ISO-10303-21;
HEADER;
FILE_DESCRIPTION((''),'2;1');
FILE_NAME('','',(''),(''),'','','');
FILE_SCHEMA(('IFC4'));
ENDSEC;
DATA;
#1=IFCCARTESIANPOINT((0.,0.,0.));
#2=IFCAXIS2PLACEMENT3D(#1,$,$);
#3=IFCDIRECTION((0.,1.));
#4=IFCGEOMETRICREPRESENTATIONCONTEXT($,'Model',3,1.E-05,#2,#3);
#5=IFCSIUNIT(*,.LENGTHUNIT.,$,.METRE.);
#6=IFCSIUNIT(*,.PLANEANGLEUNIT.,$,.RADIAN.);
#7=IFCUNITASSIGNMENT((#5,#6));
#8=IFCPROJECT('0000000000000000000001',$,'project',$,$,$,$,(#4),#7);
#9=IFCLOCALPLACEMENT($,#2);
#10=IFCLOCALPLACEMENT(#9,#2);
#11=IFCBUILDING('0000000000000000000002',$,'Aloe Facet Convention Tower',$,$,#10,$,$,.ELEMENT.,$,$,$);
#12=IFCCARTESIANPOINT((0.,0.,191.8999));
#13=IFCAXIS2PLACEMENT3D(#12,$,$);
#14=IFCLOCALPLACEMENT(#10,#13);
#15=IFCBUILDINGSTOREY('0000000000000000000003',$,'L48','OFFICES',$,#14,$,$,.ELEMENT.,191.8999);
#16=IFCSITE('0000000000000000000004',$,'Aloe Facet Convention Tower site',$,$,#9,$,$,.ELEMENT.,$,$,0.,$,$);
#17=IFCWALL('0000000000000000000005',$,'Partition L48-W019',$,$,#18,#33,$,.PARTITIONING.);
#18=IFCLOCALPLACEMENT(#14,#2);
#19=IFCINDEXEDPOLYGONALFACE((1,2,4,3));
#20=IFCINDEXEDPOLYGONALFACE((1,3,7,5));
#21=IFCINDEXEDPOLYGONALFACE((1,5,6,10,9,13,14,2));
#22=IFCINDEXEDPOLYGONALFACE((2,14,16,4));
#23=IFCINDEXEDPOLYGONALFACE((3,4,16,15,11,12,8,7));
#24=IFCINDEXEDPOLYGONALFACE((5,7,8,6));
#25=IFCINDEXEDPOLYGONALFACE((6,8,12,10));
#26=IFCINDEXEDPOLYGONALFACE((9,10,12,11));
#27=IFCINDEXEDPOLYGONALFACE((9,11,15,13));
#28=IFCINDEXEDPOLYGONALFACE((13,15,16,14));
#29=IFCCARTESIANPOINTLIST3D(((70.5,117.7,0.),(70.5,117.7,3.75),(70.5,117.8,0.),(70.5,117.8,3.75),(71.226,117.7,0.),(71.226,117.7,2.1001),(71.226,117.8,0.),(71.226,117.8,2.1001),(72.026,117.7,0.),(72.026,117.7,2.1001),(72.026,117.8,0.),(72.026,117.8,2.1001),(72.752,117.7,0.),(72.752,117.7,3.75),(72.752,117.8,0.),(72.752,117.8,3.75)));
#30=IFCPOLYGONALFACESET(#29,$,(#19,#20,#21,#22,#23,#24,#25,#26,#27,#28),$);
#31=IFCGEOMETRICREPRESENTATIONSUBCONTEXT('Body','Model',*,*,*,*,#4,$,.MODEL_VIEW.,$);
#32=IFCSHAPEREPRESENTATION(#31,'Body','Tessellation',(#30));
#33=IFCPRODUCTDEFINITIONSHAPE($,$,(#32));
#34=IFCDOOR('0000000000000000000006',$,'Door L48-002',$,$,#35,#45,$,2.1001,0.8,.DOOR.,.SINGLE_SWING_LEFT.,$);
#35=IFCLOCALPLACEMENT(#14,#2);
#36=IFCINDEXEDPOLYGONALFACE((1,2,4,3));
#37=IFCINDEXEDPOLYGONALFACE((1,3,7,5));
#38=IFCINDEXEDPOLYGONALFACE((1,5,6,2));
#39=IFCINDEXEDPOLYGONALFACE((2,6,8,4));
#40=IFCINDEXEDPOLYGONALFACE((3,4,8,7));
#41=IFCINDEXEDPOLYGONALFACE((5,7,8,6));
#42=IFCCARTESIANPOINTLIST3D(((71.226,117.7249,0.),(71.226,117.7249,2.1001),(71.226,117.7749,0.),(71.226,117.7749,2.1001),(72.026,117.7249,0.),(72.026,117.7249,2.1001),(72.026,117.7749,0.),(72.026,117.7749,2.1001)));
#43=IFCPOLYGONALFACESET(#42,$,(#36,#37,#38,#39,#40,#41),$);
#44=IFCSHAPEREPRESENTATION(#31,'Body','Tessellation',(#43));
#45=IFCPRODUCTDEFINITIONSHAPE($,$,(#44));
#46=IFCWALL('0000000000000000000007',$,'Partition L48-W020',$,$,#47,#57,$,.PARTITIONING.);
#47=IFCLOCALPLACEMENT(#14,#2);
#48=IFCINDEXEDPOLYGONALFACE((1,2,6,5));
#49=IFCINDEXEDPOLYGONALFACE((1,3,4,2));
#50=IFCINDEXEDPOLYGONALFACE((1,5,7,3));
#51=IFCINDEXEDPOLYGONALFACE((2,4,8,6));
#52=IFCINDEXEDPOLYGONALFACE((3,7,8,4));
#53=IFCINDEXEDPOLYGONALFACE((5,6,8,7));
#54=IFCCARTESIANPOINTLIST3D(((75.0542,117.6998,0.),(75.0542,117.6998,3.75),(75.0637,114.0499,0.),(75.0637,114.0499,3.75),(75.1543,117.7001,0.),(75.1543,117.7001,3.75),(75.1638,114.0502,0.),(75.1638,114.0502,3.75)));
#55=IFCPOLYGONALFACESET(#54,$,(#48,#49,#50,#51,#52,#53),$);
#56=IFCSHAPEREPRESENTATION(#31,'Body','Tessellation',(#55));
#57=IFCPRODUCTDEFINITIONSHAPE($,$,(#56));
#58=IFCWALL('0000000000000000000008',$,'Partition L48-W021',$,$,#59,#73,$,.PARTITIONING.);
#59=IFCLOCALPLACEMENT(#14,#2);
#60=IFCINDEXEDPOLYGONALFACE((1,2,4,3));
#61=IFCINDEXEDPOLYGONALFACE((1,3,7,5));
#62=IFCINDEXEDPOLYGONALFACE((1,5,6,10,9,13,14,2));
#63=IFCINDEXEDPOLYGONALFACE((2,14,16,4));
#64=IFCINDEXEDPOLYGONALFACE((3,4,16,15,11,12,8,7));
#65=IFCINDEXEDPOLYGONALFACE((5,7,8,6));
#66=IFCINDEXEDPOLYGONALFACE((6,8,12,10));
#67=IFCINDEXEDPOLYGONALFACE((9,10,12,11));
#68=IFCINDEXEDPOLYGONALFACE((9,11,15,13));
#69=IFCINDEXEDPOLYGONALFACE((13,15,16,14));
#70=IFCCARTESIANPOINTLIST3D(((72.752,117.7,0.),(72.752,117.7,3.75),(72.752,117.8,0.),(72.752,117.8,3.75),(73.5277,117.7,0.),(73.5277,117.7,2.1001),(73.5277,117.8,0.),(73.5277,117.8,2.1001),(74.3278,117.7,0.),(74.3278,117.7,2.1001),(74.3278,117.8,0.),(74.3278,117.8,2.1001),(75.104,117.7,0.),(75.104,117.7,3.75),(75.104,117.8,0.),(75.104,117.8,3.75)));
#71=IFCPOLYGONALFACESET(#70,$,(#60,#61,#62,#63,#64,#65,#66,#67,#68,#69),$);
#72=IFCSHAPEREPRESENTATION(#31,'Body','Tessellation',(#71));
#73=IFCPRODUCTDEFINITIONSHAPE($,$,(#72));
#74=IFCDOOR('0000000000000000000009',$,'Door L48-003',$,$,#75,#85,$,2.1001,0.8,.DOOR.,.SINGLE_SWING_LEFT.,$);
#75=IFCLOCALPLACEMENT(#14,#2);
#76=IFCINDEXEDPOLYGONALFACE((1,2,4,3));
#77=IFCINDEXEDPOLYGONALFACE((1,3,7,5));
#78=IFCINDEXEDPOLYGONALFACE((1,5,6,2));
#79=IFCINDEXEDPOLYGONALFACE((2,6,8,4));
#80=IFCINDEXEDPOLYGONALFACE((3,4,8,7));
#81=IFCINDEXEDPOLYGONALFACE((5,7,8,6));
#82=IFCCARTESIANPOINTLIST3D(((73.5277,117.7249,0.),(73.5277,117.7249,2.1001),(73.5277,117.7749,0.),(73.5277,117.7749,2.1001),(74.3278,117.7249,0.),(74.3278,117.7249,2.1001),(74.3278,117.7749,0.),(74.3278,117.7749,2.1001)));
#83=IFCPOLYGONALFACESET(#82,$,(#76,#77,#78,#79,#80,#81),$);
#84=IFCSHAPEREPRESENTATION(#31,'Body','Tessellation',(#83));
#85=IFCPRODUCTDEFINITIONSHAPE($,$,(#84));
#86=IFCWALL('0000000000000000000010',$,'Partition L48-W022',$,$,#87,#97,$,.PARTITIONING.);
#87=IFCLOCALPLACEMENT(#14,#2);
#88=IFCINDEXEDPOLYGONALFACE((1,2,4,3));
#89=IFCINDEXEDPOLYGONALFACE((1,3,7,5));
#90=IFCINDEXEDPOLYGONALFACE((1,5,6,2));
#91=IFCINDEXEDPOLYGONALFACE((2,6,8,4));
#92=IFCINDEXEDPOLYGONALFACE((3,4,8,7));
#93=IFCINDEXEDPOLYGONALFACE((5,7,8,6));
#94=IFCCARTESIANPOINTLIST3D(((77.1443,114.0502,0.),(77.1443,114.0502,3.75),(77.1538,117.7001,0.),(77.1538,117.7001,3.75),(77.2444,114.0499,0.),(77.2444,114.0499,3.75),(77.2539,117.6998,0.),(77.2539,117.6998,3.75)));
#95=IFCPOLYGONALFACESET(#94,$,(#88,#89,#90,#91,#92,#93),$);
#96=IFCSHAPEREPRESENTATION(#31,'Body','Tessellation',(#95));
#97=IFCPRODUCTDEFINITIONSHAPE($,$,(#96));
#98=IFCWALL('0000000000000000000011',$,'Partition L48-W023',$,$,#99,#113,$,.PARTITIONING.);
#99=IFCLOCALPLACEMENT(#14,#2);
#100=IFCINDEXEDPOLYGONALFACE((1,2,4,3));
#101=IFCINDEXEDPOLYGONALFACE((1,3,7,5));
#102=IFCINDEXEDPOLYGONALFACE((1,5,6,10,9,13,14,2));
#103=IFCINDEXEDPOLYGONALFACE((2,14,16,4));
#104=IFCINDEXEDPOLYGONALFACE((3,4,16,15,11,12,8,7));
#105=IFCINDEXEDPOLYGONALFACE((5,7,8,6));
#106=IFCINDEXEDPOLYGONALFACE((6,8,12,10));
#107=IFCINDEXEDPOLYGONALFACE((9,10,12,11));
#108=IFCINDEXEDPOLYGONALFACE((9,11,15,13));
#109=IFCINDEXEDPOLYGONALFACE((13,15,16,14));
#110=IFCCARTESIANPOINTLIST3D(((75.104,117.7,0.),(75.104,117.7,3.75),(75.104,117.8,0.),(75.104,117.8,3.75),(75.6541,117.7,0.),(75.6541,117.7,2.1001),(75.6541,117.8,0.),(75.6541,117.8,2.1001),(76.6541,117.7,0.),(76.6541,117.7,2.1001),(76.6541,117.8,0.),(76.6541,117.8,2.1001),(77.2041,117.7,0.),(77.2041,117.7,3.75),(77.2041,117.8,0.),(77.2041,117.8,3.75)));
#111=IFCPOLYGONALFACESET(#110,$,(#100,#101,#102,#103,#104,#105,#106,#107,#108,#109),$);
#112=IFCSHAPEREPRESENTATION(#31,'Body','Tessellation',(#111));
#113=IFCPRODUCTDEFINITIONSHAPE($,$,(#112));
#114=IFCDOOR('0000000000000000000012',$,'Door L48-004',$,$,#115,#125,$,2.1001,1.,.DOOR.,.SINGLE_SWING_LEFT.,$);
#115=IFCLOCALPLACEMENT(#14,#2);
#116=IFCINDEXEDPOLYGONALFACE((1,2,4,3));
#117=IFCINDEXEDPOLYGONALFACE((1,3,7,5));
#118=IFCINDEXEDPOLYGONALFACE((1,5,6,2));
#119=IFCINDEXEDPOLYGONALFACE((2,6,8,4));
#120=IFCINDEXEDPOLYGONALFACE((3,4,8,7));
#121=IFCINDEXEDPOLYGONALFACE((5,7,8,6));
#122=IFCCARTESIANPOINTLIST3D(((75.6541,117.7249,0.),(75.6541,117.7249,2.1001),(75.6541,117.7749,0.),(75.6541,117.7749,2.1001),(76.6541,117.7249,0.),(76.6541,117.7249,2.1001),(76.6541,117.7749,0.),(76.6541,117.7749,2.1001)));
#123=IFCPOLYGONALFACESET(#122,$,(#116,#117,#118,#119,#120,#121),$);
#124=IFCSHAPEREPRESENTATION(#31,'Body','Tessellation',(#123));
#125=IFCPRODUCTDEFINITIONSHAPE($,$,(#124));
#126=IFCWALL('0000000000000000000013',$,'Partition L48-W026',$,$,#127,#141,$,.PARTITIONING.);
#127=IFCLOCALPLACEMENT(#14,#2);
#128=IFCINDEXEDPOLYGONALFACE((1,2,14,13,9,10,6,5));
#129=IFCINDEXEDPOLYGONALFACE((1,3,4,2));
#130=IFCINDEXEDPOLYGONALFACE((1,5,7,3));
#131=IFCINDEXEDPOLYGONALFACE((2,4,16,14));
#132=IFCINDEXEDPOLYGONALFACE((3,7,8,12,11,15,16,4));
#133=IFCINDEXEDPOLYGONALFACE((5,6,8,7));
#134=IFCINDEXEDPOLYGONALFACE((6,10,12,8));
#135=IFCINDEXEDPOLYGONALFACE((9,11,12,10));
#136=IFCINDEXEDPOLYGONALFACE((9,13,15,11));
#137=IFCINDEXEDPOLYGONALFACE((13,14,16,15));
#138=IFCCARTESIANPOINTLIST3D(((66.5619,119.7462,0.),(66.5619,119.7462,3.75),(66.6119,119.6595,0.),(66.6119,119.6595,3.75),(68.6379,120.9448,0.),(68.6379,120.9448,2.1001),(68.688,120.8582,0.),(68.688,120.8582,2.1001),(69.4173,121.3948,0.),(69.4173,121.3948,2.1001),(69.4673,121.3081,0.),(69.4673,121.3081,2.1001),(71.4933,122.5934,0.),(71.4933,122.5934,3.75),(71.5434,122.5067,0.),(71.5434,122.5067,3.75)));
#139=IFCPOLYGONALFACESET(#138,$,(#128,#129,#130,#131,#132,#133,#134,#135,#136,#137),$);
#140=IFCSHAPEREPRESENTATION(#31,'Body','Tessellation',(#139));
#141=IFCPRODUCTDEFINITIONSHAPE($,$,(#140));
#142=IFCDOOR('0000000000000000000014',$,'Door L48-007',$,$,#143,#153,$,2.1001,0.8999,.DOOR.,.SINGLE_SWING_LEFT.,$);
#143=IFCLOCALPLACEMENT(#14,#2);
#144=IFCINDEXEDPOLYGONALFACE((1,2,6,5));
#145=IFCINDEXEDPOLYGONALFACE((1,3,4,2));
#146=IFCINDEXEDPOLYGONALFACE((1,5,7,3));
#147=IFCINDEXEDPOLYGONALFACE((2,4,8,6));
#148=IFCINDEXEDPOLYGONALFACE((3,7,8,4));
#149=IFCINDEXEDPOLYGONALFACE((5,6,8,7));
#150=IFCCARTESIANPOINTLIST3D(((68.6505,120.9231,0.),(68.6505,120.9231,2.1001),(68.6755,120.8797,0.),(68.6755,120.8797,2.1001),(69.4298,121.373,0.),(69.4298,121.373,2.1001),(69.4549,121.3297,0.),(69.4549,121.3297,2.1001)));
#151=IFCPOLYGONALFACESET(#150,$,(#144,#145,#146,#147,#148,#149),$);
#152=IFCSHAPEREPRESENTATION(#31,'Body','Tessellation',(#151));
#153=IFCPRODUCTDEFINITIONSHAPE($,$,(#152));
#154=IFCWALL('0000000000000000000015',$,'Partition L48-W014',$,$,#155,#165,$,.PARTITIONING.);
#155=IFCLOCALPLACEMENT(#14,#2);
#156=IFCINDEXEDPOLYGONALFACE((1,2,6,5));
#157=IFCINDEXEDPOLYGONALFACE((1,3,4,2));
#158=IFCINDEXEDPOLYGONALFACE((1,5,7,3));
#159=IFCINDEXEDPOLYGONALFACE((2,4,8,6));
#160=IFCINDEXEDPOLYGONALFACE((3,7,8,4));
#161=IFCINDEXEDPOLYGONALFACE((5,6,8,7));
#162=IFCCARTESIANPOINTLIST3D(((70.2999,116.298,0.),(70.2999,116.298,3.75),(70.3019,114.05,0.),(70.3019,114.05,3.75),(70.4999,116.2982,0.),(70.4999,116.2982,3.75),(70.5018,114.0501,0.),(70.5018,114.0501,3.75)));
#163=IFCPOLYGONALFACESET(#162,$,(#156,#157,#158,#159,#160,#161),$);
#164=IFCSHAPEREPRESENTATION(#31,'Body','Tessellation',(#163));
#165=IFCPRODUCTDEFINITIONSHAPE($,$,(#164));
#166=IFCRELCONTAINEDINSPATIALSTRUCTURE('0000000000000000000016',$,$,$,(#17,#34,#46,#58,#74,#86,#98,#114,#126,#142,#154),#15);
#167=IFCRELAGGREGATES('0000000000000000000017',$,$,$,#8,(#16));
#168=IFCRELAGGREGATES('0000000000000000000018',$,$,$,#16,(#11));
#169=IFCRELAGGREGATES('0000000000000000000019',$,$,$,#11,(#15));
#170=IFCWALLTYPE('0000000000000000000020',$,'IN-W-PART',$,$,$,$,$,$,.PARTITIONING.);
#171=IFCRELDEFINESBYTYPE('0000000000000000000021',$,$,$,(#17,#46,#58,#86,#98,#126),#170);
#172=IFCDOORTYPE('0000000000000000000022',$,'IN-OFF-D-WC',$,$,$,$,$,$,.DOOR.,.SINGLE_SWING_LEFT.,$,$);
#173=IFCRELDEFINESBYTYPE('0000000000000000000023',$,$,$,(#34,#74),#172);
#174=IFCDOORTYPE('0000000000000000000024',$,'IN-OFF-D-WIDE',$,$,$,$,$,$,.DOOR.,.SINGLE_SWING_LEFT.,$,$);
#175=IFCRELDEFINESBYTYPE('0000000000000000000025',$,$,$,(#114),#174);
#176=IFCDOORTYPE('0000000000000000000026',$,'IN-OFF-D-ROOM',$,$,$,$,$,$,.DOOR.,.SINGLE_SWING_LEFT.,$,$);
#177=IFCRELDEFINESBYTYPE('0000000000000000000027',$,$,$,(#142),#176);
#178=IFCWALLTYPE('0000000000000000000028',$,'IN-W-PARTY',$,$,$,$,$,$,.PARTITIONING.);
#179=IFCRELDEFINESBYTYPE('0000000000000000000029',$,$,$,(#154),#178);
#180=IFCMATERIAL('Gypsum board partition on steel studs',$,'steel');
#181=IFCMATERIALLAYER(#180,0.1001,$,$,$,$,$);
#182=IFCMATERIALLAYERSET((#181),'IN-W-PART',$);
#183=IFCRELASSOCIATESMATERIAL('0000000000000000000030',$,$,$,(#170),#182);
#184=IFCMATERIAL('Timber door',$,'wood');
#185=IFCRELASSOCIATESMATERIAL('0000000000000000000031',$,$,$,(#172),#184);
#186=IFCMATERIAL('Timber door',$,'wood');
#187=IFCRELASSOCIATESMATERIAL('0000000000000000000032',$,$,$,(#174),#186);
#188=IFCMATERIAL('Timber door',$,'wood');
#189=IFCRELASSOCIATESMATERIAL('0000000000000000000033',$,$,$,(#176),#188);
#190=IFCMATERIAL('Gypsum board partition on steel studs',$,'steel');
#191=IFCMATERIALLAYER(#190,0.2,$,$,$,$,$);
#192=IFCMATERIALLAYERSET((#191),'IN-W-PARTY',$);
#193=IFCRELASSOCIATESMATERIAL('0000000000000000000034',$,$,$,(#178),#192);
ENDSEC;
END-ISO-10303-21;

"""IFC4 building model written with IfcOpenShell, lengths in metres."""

from ifc_helpers import new_model, si_unit, direction, frame, frame_2d, origin, place, context, subcontext, project, spatial, rectangle, extrude, material, layer, layer_set, type_object, element, fill, save


model = new_model("IFC4")

# Units and contexts
model_context = context("Model", 3, precision=1e-05, world=origin(), true_north=direction((0.0, 1.0)))
body_context = subcontext(model_context, "Body", "Model", "MODEL_VIEW")
ifc_project = project(units=[si_unit("LENGTHUNIT", "METRE"), si_unit("PLANEANGLEUNIT", "RADIAN")], contexts=[model_context])

# Site, building, storey
site_placement = place(None, origin())
site = spatial("IfcSite", under=ifc_project, at=site_placement, Name="Aloe Facet Convention Tower site", CompositionType="ELEMENT", RefElevation=0.0)
building_placement = place(site_placement, origin())
building = spatial("IfcBuilding", under=site, at=building_placement, Name="Aloe Facet Convention Tower", CompositionType="ELEMENT")
storey_placement = place(building_placement, frame((0.0, 0.0, 191.8999)))
storey = spatial("IfcBuildingStorey", under=building, at=storey_placement, Name="L48", Description="OFFICES", CompositionType="ELEMENT", Elevation=191.8999)

# Shared definitions
ifc_material_1 = material(Name="Gypsum board partition on steel studs", Category="steel")
ifc_layer_1 = layer(ifc_material_1, 0.1001)
ifc_layer_set_1 = layer_set([ifc_layer_1], Name="IN-W-PART")
wall_type_1 = type_object("IfcWallType", Name="IN-W-PART", PredefinedType="PARTITIONING", material=ifc_layer_set_1)

# Wall, opening, door
wall_1_placement = place(storey_placement, frame((70.5, 117.75, 0.0), z_axis=(0.0, 0.0, 1.0), x_axis=(1.0, 0.0, 0.0)))
wall_1 = element("IfcWall", 1, at=wall_1_placement, inside=storey, type_object=wall_type_1, Name="Partition L48-W019", PredefinedType="PARTITIONING", context=body_context, shape_type="SweptSolid", body=[
    extrude(rectangle(XDim=2.252, YDim=0.1001, at=frame_2d((1.126, 0.0))), origin(), (0.0, 0.0, 1.0), 3.75),
])
opening_1_placement = place(wall_1_placement, frame((0.7261, 0.0, 0.0)))
opening_1 = element("IfcOpeningElement", 2, at=opening_1_placement, cuts=wall_1, PredefinedType="OPENING", context=body_context, shape_type="SweptSolid", body=[
    extrude(rectangle(XDim=0.8, YDim=2.1001, at=frame_2d((0.3999, 1.05))), frame((0.0, 0.0601, 0.0), z_axis=(0.0, -1.0, 0.0), x_axis=(1.0, 0.0, 0.0)), (0.0, 0.0, 1.0), 0.1201),
])
ifc_material_2 = material(Name="Timber door", Category="wood")
door_type_1 = type_object("IfcDoorType", Name="IN-OFF-D-WC", OperationType="SINGLE_SWING_LEFT", PredefinedType="DOOR", material=ifc_material_2)
door_1_placement = place(opening_1_placement, origin())
door_1 = element("IfcDoor", 3, at=door_1_placement, inside=storey, type_object=door_type_1, Name="Door L48-002", OperationType="SINGLE_SWING_LEFT", OverallHeight=2.1001, OverallWidth=0.8, PredefinedType="DOOR", context=body_context, shape_type="SweptSolid", body=[
    extrude(rectangle(XDim=0.8, YDim=2.1001, at=frame_2d((0.3999, 1.05))), frame((0.0, 0.0249, 0.0), z_axis=(0.0, -1.0, 0.0), x_axis=(1.0, 0.0, 0.0)), (0.0, 0.0, 1.0), 0.05),
])
fill(opening_1, door_1)

# Wall
wall_2_placement = place(storey_placement, frame((75.1138, 114.05, 0.0), z_axis=(0.0, 0.0, 1.0), x_axis=(-0.002609, 0.999997, 0.0)))
element("IfcWall", 4, at=wall_2_placement, inside=storey, type_object=wall_type_1, Name="Partition L48-W020", PredefinedType="PARTITIONING", context=body_context, shape_type="SweptSolid", body=[
    extrude(rectangle(XDim=3.6499, YDim=0.1001, at=frame_2d((1.825, 0.0))), origin(), (0.0, 0.0, 1.0), 3.75),
])

# Wall, opening, door
wall_3_placement = place(storey_placement, frame((72.752, 117.75, 0.0), z_axis=(0.0, 0.0, 1.0), x_axis=(1.0, 0.0, 0.0)))
wall_3 = element("IfcWall", 5, at=wall_3_placement, inside=storey, type_object=wall_type_1, Name="Partition L48-W021", PredefinedType="PARTITIONING", context=body_context, shape_type="SweptSolid", body=[
    extrude(rectangle(XDim=2.3521, YDim=0.1001, at=frame_2d((1.176, 0.0))), origin(), (0.0, 0.0, 1.0), 3.75),
])
opening_2_placement = place(wall_3_placement, frame((0.7759, 0.0, 0.0)))
opening_2 = element("IfcOpeningElement", 6, at=opening_2_placement, cuts=wall_3, PredefinedType="OPENING", context=body_context, shape_type="SweptSolid", body=[
    extrude(rectangle(XDim=0.8, YDim=2.1001, at=frame_2d((0.3999, 1.05))), frame((0.0, 0.0601, 0.0), z_axis=(0.0, -1.0, 0.0), x_axis=(1.0, 0.0, 0.0)), (0.0, 0.0, 1.0), 0.1201),
])
door_2_placement = place(opening_2_placement, origin())
door_2 = element("IfcDoor", 7, at=door_2_placement, inside=storey, type_object=door_type_1, Name="Door L48-003", OperationType="SINGLE_SWING_LEFT", OverallHeight=2.1001, OverallWidth=0.8, PredefinedType="DOOR", context=body_context, shape_type="SweptSolid", body=[
    extrude(rectangle(XDim=0.8, YDim=2.1001, at=frame_2d((0.3999, 1.05))), frame((0.0, 0.0249, 0.0), z_axis=(0.0, -1.0, 0.0), x_axis=(1.0, 0.0, 0.0)), (0.0, 0.0, 1.0), 0.05),
])
fill(opening_2, door_2)

# Wall
wall_4_placement = place(storey_placement, frame((77.1943, 114.05, 0.0), z_axis=(0.0, 0.0, 1.0), x_axis=(0.002609, 0.999997, 0.0)))
element("IfcWall", 8, at=wall_4_placement, inside=storey, type_object=wall_type_1, Name="Partition L48-W022", PredefinedType="PARTITIONING", context=body_context, shape_type="SweptSolid", body=[
    extrude(rectangle(XDim=3.6499, YDim=0.1001, at=frame_2d((1.825, 0.0))), origin(), (0.0, 0.0, 1.0), 3.75),
])

# Walls, openings, doors
wall_5_placement = place(storey_placement, frame((75.104, 117.75, 0.0), z_axis=(0.0, 0.0, 1.0), x_axis=(1.0, 0.0, 0.0)))
wall_5 = element("IfcWall", 9, at=wall_5_placement, inside=storey, type_object=wall_type_1, Name="Partition L48-W023", PredefinedType="PARTITIONING", context=body_context, shape_type="SweptSolid", body=[
    extrude(rectangle(XDim=2.1001, YDim=0.1001, at=frame_2d((1.05, 0.0))), origin(), (0.0, 0.0, 1.0), 3.75),
])
opening_3_placement = place(wall_5_placement, frame((0.55, 0.0, 0.0)))
opening_3 = element("IfcOpeningElement", 10, at=opening_3_placement, cuts=wall_5, PredefinedType="OPENING", context=body_context, shape_type="SweptSolid", body=[
    extrude(rectangle(XDim=1.0, YDim=2.1001, at=frame_2d((0.5, 1.05))), frame((0.0, 0.0601, 0.0), z_axis=(0.0, -1.0, 0.0), x_axis=(1.0, 0.0, 0.0)), (0.0, 0.0, 1.0), 0.1201),
])
ifc_material_3 = material(Name="Timber door", Category="wood")
door_type_2 = type_object("IfcDoorType", Name="IN-OFF-D-WIDE", OperationType="SINGLE_SWING_LEFT", PredefinedType="DOOR", material=ifc_material_3)
door_3_placement = place(opening_3_placement, origin())
door_3 = element("IfcDoor", 11, at=door_3_placement, inside=storey, type_object=door_type_2, Name="Door L48-004", OperationType="SINGLE_SWING_LEFT", OverallHeight=2.1001, OverallWidth=1.0, PredefinedType="DOOR", context=body_context, shape_type="SweptSolid", body=[
    extrude(rectangle(XDim=1.0, YDim=2.1001, at=frame_2d((0.5, 1.05))), frame((0.0, 0.0249, 0.0), z_axis=(0.0, -1.0, 0.0), x_axis=(1.0, 0.0, 0.0)), (0.0, 0.0, 1.0), 0.05),
])
fill(opening_3, door_3)
wall_6_placement = place(storey_placement, frame((66.5869, 119.7029, 0.0), z_axis=(0.0, 0.0, 1.0), x_axis=(0.866024, 0.500003, 0.0)))
wall_6 = element("IfcWall", 12, at=wall_6_placement, inside=storey, type_object=wall_type_1, Name="Partition L48-W026", PredefinedType="PARTITIONING", context=body_context, shape_type="SweptSolid", body=[
    extrude(rectangle(XDim=5.6943, YDim=0.1001, at=frame_2d((2.8472, 0.0))), origin(), (0.0, 0.0, 1.0), 3.75),
])
opening_4_placement = place(wall_6_placement, frame((2.3972, 0.0, 0.0)))
opening_4 = element("IfcOpeningElement", 13, at=opening_4_placement, cuts=wall_6, PredefinedType="OPENING", context=body_context, shape_type="SweptSolid", body=[
    extrude(rectangle(XDim=0.8999, YDim=2.1001, at=frame_2d((0.45, 1.05))), frame((0.0, 0.0601, 0.0), z_axis=(0.0, -1.0, 0.0), x_axis=(1.0, 0.0, 0.0)), (0.0, 0.0, 1.0), 0.1201),
])
ifc_material_4 = material(Name="Timber door", Category="wood")
door_type_3 = type_object("IfcDoorType", Name="IN-OFF-D-ROOM", OperationType="SINGLE_SWING_LEFT", PredefinedType="DOOR", material=ifc_material_4)
door_4_placement = place(opening_4_placement, origin())
door_4 = element("IfcDoor", 14, at=door_4_placement, inside=storey, type_object=door_type_3, Name="Door L48-007", OperationType="SINGLE_SWING_LEFT", OverallHeight=2.1001, OverallWidth=0.8999, PredefinedType="DOOR", context=body_context, shape_type="SweptSolid", body=[
    extrude(rectangle(XDim=0.8999, YDim=2.1001, at=frame_2d((0.45, 1.05))), frame((0.0, 0.0249, 0.0), z_axis=(0.0, -1.0, 0.0), x_axis=(1.0, 0.0, 0.0)), (0.0, 0.0, 1.0), 0.05),
])
fill(opening_4, door_4)

# Wall
ifc_material_5 = material(Name="Gypsum board partition on steel studs", Category="steel")
ifc_layer_2 = layer(ifc_material_5, 0.2)
ifc_layer_set_2 = layer_set([ifc_layer_2], Name="IN-W-PARTY")
wall_type_2 = type_object("IfcWallType", Name="IN-W-PARTY", PredefinedType="PARTITIONING", material=ifc_layer_set_2)
wall_7_placement = place(storey_placement, frame((70.4019, 114.05, 0.0), z_axis=(0.0, 0.0, 1.0), x_axis=(-0.000869, 1.0, 0.0)))
element("IfcWall", 15, at=wall_7_placement, inside=storey, type_object=wall_type_2, Name="Partition L48-W014", PredefinedType="PARTITIONING", context=body_context, shape_type="SweptSolid", body=[
    extrude(rectangle(XDim=2.248, YDim=0.2, at=frame_2d((1.124, 0.0))), origin(), (0.0, 0.0, 1.0), 3.75),
])

save(model, "model.ifc")
